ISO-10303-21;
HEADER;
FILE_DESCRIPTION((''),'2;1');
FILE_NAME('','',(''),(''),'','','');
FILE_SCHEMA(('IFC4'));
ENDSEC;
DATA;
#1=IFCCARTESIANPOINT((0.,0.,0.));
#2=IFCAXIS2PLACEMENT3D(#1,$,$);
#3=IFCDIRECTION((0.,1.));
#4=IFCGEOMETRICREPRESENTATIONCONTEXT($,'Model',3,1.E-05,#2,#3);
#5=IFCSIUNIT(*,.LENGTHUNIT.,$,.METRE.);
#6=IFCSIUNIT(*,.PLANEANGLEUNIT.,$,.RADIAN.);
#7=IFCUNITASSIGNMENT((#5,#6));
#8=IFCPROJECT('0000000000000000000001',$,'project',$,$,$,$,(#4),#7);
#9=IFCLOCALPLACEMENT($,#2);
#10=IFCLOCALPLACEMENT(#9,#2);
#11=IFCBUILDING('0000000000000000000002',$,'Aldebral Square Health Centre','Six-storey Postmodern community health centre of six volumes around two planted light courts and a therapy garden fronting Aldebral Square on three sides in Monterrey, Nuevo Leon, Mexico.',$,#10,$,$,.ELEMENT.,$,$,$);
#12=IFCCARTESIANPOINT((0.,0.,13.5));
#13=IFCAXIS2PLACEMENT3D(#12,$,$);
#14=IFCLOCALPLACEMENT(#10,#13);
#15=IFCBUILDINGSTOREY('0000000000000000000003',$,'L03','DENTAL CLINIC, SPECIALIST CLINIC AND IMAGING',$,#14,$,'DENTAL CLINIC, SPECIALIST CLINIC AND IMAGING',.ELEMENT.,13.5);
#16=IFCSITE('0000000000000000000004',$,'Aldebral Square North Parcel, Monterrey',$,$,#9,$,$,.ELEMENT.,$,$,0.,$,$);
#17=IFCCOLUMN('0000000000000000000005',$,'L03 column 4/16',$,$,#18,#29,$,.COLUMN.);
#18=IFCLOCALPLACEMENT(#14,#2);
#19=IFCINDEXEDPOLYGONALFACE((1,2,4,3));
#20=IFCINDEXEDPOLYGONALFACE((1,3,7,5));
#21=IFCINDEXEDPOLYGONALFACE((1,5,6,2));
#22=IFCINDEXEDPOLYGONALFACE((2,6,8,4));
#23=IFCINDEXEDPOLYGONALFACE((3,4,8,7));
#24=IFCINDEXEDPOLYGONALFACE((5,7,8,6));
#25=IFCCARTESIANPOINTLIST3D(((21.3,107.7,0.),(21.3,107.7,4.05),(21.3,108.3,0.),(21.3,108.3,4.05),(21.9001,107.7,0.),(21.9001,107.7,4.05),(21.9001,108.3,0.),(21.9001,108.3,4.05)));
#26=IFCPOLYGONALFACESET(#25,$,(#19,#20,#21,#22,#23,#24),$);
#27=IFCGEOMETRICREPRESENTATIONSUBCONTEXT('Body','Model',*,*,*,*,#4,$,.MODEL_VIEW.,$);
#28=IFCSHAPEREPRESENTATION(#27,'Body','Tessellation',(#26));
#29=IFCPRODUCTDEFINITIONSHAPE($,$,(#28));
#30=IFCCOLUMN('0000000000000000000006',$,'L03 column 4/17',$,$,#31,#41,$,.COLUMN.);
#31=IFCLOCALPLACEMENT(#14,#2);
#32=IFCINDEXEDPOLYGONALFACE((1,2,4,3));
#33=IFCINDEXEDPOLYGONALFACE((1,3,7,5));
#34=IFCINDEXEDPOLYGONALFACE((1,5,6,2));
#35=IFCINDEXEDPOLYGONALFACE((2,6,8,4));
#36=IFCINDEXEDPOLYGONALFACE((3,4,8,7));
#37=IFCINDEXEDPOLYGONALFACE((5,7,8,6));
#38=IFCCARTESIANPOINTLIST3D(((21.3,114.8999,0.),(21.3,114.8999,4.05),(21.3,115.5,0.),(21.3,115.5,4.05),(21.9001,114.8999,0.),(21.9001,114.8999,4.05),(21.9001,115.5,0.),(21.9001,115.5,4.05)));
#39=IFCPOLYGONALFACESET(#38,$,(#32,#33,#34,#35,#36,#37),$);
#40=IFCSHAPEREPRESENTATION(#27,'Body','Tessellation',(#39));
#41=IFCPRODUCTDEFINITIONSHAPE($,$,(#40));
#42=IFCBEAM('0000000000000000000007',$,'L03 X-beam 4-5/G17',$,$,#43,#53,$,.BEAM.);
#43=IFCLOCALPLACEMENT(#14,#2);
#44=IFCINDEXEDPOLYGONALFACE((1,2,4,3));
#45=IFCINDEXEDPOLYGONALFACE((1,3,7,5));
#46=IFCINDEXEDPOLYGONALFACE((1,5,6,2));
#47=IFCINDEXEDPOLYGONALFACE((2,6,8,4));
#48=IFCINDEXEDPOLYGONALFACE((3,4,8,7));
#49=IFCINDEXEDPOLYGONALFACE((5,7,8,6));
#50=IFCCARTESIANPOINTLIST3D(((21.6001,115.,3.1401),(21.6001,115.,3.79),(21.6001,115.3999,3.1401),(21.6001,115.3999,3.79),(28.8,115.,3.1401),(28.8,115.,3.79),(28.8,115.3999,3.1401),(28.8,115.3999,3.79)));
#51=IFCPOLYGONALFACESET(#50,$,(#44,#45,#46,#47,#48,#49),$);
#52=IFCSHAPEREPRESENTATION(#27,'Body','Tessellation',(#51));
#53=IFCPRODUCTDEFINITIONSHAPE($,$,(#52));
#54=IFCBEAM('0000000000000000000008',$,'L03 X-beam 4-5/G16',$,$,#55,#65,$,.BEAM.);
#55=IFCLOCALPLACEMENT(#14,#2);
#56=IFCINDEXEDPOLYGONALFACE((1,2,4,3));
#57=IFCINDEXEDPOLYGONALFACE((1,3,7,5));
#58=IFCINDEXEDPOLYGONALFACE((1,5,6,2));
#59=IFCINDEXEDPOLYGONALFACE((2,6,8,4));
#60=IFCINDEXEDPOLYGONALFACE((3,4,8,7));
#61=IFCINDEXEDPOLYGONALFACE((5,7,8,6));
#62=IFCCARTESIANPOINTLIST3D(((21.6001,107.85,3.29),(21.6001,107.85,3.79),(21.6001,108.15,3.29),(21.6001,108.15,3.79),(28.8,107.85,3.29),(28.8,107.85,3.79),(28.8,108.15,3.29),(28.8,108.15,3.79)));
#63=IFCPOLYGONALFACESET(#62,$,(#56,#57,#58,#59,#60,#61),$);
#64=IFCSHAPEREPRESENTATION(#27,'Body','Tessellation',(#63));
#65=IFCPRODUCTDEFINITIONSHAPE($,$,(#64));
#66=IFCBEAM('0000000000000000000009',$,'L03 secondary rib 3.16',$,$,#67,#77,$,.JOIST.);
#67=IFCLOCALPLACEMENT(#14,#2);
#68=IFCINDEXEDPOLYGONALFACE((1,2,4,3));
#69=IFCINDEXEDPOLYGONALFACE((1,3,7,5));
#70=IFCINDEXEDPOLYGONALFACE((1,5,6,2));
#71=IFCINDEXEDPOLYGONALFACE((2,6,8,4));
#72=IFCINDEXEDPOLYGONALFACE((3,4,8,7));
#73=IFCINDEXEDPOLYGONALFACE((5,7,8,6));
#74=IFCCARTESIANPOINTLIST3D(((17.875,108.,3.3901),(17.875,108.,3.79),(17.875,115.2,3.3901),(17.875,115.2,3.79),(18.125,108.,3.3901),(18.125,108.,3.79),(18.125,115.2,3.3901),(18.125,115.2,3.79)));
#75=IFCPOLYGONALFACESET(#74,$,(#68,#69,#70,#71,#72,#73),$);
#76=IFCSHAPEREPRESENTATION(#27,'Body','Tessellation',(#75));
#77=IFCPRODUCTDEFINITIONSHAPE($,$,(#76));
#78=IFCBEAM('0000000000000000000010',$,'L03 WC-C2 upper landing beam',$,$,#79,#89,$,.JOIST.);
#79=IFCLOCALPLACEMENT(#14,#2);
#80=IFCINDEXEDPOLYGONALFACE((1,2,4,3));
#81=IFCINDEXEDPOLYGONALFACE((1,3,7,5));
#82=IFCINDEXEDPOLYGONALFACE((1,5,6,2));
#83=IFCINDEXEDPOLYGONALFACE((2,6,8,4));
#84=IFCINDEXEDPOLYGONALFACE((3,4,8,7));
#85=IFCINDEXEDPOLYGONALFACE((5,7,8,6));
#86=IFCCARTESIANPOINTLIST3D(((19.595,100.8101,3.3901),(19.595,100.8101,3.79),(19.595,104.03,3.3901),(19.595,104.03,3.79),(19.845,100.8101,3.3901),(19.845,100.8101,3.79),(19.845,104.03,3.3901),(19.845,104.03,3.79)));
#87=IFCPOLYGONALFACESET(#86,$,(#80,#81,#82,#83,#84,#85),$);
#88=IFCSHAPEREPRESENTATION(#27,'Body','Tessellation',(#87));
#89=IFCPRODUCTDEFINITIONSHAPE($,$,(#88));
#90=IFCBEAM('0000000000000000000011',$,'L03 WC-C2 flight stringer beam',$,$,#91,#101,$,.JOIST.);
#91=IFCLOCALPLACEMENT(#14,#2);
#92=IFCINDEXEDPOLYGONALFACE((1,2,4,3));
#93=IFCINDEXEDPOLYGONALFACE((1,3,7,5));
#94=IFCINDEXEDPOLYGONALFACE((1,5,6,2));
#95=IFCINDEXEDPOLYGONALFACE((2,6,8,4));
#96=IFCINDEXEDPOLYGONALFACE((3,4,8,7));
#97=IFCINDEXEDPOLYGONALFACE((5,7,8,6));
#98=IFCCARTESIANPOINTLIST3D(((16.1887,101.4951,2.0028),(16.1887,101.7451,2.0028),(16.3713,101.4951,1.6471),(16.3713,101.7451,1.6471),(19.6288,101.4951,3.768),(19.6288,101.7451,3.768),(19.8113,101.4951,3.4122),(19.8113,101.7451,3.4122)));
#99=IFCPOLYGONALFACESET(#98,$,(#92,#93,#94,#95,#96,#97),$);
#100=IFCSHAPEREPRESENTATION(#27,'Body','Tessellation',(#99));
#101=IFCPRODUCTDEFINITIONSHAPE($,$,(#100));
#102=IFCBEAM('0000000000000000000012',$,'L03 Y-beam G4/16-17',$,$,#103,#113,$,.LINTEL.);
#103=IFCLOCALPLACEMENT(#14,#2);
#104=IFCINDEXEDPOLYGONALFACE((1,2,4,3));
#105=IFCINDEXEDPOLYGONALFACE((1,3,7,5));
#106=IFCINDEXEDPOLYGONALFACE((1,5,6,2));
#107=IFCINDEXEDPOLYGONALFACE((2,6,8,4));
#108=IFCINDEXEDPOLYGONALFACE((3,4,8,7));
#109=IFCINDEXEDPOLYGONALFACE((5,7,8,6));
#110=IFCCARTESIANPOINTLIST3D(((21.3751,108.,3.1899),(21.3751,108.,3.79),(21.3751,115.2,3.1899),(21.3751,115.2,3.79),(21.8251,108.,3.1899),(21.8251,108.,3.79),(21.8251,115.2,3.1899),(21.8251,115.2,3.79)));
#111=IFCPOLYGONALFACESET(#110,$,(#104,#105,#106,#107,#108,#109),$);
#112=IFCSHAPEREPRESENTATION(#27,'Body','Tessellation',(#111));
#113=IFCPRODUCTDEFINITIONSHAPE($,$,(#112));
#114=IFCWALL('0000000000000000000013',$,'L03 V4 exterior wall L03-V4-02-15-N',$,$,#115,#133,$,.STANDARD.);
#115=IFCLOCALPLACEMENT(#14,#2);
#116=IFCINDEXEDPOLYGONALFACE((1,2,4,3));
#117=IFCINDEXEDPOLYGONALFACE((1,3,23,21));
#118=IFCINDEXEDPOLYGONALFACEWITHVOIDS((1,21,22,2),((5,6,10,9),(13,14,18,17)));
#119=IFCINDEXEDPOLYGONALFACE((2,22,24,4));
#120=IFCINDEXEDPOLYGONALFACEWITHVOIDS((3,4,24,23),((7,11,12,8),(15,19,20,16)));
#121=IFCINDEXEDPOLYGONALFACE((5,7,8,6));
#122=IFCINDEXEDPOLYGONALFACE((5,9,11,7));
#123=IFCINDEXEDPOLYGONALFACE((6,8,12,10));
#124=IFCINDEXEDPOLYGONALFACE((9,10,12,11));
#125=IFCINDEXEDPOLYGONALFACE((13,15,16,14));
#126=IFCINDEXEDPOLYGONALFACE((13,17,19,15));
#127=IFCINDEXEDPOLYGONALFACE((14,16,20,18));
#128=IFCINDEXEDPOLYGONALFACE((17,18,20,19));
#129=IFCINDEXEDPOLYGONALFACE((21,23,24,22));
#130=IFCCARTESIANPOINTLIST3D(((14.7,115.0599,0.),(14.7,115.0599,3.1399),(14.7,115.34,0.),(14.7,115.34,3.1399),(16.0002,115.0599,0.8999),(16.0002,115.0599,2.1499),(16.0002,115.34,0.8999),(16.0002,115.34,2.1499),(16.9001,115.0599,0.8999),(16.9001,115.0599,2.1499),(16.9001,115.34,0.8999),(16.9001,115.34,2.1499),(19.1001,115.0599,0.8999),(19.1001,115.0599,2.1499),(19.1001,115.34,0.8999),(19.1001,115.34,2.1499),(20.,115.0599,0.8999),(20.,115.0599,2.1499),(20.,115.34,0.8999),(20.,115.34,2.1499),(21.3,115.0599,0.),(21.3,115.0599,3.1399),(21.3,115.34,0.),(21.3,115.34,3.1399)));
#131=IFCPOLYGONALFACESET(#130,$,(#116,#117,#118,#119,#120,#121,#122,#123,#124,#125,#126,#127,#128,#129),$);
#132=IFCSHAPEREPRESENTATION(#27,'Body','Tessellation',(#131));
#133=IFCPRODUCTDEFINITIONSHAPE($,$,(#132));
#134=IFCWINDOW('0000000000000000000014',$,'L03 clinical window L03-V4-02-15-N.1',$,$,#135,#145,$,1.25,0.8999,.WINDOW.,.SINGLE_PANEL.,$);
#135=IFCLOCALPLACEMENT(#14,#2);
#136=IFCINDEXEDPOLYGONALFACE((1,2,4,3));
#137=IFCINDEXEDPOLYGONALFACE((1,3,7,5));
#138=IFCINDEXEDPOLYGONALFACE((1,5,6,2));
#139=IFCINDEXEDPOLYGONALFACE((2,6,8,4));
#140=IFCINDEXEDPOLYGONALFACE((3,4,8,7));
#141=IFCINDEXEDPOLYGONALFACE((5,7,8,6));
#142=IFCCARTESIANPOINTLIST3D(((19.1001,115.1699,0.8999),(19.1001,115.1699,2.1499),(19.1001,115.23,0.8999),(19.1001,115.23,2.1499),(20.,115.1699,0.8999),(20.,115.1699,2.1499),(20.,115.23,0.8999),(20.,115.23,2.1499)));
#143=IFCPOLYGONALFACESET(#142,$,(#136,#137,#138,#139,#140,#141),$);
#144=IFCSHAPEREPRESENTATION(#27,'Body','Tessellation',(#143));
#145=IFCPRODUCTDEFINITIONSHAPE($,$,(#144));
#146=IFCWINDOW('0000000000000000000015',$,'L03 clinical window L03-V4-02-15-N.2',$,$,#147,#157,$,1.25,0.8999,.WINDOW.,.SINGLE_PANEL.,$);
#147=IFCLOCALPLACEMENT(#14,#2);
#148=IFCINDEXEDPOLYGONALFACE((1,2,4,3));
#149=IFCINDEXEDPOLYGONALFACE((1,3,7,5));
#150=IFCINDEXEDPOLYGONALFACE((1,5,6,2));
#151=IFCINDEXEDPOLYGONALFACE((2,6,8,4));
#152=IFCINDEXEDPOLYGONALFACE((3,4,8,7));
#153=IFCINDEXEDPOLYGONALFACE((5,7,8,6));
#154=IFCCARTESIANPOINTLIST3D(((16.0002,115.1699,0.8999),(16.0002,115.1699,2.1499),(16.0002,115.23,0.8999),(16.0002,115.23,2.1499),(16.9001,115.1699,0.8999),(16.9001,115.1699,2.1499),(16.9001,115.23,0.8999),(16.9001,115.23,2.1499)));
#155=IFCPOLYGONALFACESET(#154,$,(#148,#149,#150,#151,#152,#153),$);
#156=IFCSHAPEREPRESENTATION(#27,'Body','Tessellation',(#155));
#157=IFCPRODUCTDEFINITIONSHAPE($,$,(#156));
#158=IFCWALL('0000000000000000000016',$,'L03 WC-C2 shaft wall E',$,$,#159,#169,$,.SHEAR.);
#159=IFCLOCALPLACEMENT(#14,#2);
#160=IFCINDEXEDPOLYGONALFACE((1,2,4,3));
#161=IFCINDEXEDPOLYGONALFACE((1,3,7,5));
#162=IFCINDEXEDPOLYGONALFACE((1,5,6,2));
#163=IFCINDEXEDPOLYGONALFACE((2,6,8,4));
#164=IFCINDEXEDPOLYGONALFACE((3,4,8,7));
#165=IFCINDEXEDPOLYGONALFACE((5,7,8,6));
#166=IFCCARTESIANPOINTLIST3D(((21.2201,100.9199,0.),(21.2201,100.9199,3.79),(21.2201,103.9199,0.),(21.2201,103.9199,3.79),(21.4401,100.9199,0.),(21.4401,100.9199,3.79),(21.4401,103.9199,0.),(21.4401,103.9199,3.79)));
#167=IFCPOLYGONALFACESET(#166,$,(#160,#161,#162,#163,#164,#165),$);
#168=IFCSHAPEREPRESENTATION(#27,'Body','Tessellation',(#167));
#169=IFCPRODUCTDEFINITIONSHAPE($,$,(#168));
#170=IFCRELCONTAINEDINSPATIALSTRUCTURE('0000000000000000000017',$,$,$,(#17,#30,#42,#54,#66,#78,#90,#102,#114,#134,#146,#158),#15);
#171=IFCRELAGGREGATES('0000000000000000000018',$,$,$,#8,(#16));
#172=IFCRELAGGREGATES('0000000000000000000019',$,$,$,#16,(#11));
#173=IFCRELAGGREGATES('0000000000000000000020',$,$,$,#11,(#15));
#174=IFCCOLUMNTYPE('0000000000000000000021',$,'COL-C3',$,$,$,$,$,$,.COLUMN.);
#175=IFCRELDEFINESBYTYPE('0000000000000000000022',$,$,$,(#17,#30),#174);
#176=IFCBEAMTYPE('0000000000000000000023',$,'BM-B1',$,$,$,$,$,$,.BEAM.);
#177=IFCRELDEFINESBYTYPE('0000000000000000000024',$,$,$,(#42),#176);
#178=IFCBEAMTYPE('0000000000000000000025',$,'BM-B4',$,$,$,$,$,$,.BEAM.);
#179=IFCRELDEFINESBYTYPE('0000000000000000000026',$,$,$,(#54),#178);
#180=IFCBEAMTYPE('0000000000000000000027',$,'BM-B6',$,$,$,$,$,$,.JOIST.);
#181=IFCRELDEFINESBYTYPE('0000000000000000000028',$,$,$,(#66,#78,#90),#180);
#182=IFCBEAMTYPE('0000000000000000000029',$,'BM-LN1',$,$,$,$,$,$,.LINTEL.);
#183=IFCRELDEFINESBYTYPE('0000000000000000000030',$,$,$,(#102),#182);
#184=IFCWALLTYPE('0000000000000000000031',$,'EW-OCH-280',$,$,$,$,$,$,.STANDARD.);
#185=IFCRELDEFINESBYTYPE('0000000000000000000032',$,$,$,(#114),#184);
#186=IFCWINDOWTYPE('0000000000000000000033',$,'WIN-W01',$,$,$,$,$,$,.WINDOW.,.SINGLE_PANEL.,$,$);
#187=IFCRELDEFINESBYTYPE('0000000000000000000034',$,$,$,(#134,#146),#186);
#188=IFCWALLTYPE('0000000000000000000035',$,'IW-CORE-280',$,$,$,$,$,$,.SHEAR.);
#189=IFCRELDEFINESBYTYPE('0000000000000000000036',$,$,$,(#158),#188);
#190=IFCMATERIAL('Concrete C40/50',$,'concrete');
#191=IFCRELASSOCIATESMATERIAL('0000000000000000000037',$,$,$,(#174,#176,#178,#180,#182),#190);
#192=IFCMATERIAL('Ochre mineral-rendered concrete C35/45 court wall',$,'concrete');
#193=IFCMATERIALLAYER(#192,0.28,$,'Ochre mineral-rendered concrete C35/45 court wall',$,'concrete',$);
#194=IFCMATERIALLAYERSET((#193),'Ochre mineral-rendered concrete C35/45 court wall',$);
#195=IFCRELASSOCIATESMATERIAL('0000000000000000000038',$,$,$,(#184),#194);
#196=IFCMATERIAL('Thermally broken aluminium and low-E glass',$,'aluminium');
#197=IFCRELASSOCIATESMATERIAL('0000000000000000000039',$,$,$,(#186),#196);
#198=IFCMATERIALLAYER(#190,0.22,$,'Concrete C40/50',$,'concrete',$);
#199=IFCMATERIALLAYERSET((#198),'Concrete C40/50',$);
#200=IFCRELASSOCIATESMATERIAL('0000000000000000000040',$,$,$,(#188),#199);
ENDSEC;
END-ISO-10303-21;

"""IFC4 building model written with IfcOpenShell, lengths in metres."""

from ifc_helpers import new_model, si_unit, direction, frame, frame_2d, origin, origin_2d, place, context, subcontext, project, spatial, rectangle, extrude, material, layer, layer_set, material_profile, profile_set, type_object, element, fill, save


model = new_model("IFC4")

# Units and contexts
model_context = context("Model", 3, precision=1e-05, world=origin(), true_north=direction((0.0, 1.0)))
body_context = subcontext(model_context, "Body", "Model", "MODEL_VIEW")
ifc_project = project(units=[si_unit("LENGTHUNIT", "METRE"), si_unit("PLANEANGLEUNIT", "RADIAN")], contexts=[model_context])

# Site, building, storey
site_placement = place(None, origin())
site = spatial("IfcSite", under=ifc_project, at=site_placement, Name="Aldebral Square North Parcel, Monterrey", CompositionType="ELEMENT", RefElevation=0.0)
building_placement = place(site_placement, origin())
building = spatial("IfcBuilding", under=site, at=building_placement, Name="Aldebral Square Health Centre", Description="Six-storey Postmodern community health centre of six volumes around two planted light courts and a therapy garden fronting Aldebral Square on three sides in Monterrey, Nuevo Leon, Mexico.", CompositionType="ELEMENT")
storey_placement = place(building_placement, frame((0.0, 0.0, 13.5)))
storey = spatial("IfcBuildingStorey", under=building, at=storey_placement, Name="L03", Description="DENTAL CLINIC, SPECIALIST CLINIC AND IMAGING", LongName="DENTAL CLINIC, SPECIALIST CLINIC AND IMAGING", CompositionType="ELEMENT", Elevation=13.5)

# Columns
ifc_material_1 = material(Name="Concrete C40/50", Category="concrete")
ifc_material_profile_1 = material_profile(ifc_material_1, rectangle(XDim=0.6001, YDim=0.6001, at=origin_2d()), Name="RC 600x600")
ifc_profile_set_1 = profile_set([ifc_material_profile_1], Name="Concrete C40/50")
column_type = type_object("IfcColumnType", Name="COL-C3", PredefinedType="COLUMN", material=ifc_profile_set_1)
for number, where, z_axis, x_axis, name in (
    (1, (21.6001, 108.0, 0.0), (0.0, 0.0, 1.0), (1.0, 0.0, 0.0), "L03 column 4/16"),
    (2, (21.6001, 115.2, 0.0), (0.0, 0.0, 1.0), (1.0, 0.0, 0.0), "L03 column 4/17"),
):
    element("IfcColumn", number, at=place(storey_placement, frame(where, z_axis=z_axis, x_axis=x_axis)), inside=storey, type_object=column_type, Name=name, PredefinedType="COLUMN", context=body_context, shape_type="SweptSolid", body=[
        extrude(rectangle(XDim=0.6001, YDim=0.6001, at=origin_2d()), origin(), (0.0, 0.0, 1.0), 4.05),
    ])

# Beams
ifc_material_profile_2 = material_profile(ifc_material_1, rectangle(XDim=0.3999, YDim=0.6499, at=origin_2d()), Name="RC 400x650")
ifc_profile_set_2 = profile_set([ifc_material_profile_2], Name="Concrete C40/50")
beam_type_1 = type_object("IfcBeamType", Name="BM-B1", PredefinedType="BEAM", material=ifc_profile_set_2)
beam_1_placement = place(storey_placement, frame((21.6001, 115.2, 3.4651), z_axis=(1.0, 0.0, 0.0), x_axis=(0.0, 1.0, 0.0)))
element("IfcBeam", 3, at=beam_1_placement, inside=storey, type_object=beam_type_1, Name="L03 X-beam 4-5/G17", PredefinedType="BEAM", context=body_context, shape_type="SweptSolid", body=[
    extrude(rectangle(XDim=0.3999, YDim=0.6499, at=origin_2d()), origin(), (0.0, 0.0, 1.0), 7.2),
])
ifc_material_profile_3 = material_profile(ifc_material_1, rectangle(XDim=0.3, YDim=0.5, at=origin_2d()), Name="RC 300x500")
ifc_profile_set_3 = profile_set([ifc_material_profile_3], Name="Concrete C40/50")
beam_type_2 = type_object("IfcBeamType", Name="BM-B4", PredefinedType="BEAM", material=ifc_profile_set_3)
beam_2_placement = place(storey_placement, frame((21.6001, 108.0, 3.54), z_axis=(1.0, 0.0, 0.0), x_axis=(0.0, 1.0, 0.0)))
element("IfcBeam", 4, at=beam_2_placement, inside=storey, type_object=beam_type_2, Name="L03 X-beam 4-5/G16", PredefinedType="BEAM", context=body_context, shape_type="SweptSolid", body=[
    extrude(rectangle(XDim=0.3, YDim=0.5, at=origin_2d()), origin(), (0.0, 0.0, 1.0), 7.2),
])
ifc_material_profile_4 = material_profile(ifc_material_1, rectangle(XDim=0.25, YDim=0.3999, at=origin_2d()), Name="RC 250x400")
ifc_profile_set_4 = profile_set([ifc_material_profile_4], Name="Concrete C40/50")
beam_type_3 = type_object("IfcBeamType", Name="BM-B6", PredefinedType="JOIST", material=ifc_profile_set_4)
beam_3_placement = place(storey_placement, frame((18.0, 108.0, 3.5901), z_axis=(0.0, 1.0, 0.0), x_axis=(-1.0, 0.0, 0.0)))
element("IfcBeam", 5, at=beam_3_placement, inside=storey, type_object=beam_type_3, Name="L03 secondary rib 3.16", PredefinedType="JOIST", context=body_context, shape_type="SweptSolid", body=[
    extrude(rectangle(XDim=0.25, YDim=0.3999, at=origin_2d()), origin(), (0.0, 0.0, 1.0), 7.2),
])
beam_4_placement = place(storey_placement, frame((19.72, 100.8101, 3.5901), z_axis=(0.0, 1.0, 0.0), x_axis=(-1.0, 0.0, 0.0)))
element("IfcBeam", 6, at=beam_4_placement, inside=storey, type_object=beam_type_3, Name="L03 WC-C2 upper landing beam", PredefinedType="JOIST", context=body_context, shape_type="SweptSolid", body=[
    extrude(rectangle(XDim=0.25, YDim=0.3999, at=origin_2d()), origin(), (0.0, 0.0, 1.0), 3.22),
])
beam_5_placement = place(storey_placement, frame((16.28, 101.6201, 1.825), z_axis=(0.889706, 0.0, 0.456535), x_axis=(0.0, 1.0, 0.0)))
element("IfcBeam", 7, at=beam_5_placement, inside=storey, type_object=beam_type_3, Name="L03 WC-C2 flight stringer beam", PredefinedType="JOIST", context=body_context, shape_type="SweptSolid", body=[
    extrude(rectangle(XDim=0.25, YDim=0.3999, at=origin_2d()), origin(), (0.0, 0.0, 1.0), 3.8665),
])
ifc_material_profile_5 = material_profile(ifc_material_1, rectangle(XDim=0.45, YDim=0.6001, at=origin_2d()), Name="RC 450x600")
ifc_profile_set_5 = profile_set([ifc_material_profile_5], Name="Concrete C40/50")
beam_type_4 = type_object("IfcBeamType", Name="BM-LN1", PredefinedType="LINTEL", material=ifc_profile_set_5)
beam_6_placement = place(storey_placement, frame((21.6001, 108.0, 3.49), z_axis=(0.0, 1.0, 0.0), x_axis=(-1.0, 0.0, 0.0)))
element("IfcBeam", 8, at=beam_6_placement, inside=storey, type_object=beam_type_4, Name="L03 Y-beam G4/16-17", PredefinedType="LINTEL", context=body_context, shape_type="SweptSolid", body=[
    extrude(rectangle(XDim=0.45, YDim=0.6001, at=origin_2d()), origin(), (0.0, 0.0, 1.0), 7.2),
])

# Wall, openings, windows
ifc_material_2 = material(Name="Ochre mineral-rendered concrete C35/45 court wall", Category="concrete")
ifc_layer_1 = layer(ifc_material_2, 0.28, Name="Ochre mineral-rendered concrete C35/45 court wall", Category="concrete")
ifc_layer_set_1 = layer_set([ifc_layer_1], Name="Ochre mineral-rendered concrete C35/45 court wall")
wall_type_1 = type_object("IfcWallType", Name="EW-OCH-280", PredefinedType="STANDARD", material=ifc_layer_set_1)
wall_1_placement = place(storey_placement, frame((21.3, 115.2, 0.0), z_axis=(0.0, 0.0, 1.0), x_axis=(-1.0, 0.0, 0.0)))
wall_1 = element("IfcWall", 9, at=wall_1_placement, inside=storey, type_object=wall_type_1, Name="L03 V4 exterior wall L03-V4-02-15-N", PredefinedType="STANDARD", context=body_context, shape_type="SweptSolid", body=[
    extrude(rectangle(XDim=6.6001, YDim=0.28, at=frame_2d((3.3, 0.0))), origin(), (0.0, 0.0, 1.0), 3.1399),
])
opening_1_placement = place(wall_1_placement, frame((1.3, 0.0, 0.8999)))
opening_1 = element("IfcOpeningElement", 10, at=opening_1_placement, cuts=wall_1, PredefinedType="OPENING", context=body_context, shape_type="SweptSolid", body=[
    extrude(rectangle(XDim=0.8999, YDim=1.25, at=frame_2d((0.45, 0.625))), frame((0.0, 0.1499, 0.0), z_axis=(0.0, -1.0, 0.0), x_axis=(1.0, 0.0, 0.0)), (0.0, 0.0, 1.0), 0.3),
])
opening_2_placement = place(wall_1_placement, frame((4.3999, 0.0, 0.8999)))
opening_2 = element("IfcOpeningElement", 11, at=opening_2_placement, cuts=wall_1, PredefinedType="OPENING", context=body_context, shape_type="SweptSolid", body=[
    extrude(rectangle(XDim=0.8999, YDim=1.25, at=frame_2d((0.45, 0.625))), frame((0.0, 0.1499, 0.0), z_axis=(0.0, -1.0, 0.0), x_axis=(1.0, 0.0, 0.0)), (0.0, 0.0, 1.0), 0.3),
])
ifc_material_3 = material(Name="Thermally broken aluminium and low-E glass", Category="aluminium")
window_type = type_object("IfcWindowType", Name="WIN-W01", PartitioningType="SINGLE_PANEL", PredefinedType="WINDOW", material=ifc_material_3)
window_1_placement = place(opening_1_placement, origin())
window_1 = element("IfcWindow", 12, at=window_1_placement, inside=storey, type_object=window_type, Name="L03 clinical window L03-V4-02-15-N.1", OverallHeight=1.25, OverallWidth=0.8999, PartitioningType="SINGLE_PANEL", PredefinedType="WINDOW", context=body_context, shape_type="SweptSolid", body=[
    extrude(rectangle(XDim=0.8999, YDim=1.25, at=frame_2d((0.45, 0.625))), frame((0.0, 0.03, 0.0), z_axis=(0.0, -1.0, 0.0), x_axis=(1.0, 0.0, 0.0)), (0.0, 0.0, 1.0), 0.0601),
])
fill(opening_1, window_1)
window_2_placement = place(opening_2_placement, origin())
window_2 = element("IfcWindow", 13, at=window_2_placement, inside=storey, type_object=window_type, Name="L03 clinical window L03-V4-02-15-N.2", OverallHeight=1.25, OverallWidth=0.8999, PartitioningType="SINGLE_PANEL", PredefinedType="WINDOW", context=body_context, shape_type="SweptSolid", body=[
    extrude(rectangle(XDim=0.8999, YDim=1.25, at=frame_2d((0.45, 0.625))), frame((0.0, 0.03, 0.0), z_axis=(0.0, -1.0, 0.0), x_axis=(1.0, 0.0, 0.0)), (0.0, 0.0, 1.0), 0.0601),
])
fill(opening_2, window_2)

# Wall
ifc_layer_2 = layer(ifc_material_1, 0.22, Name="Concrete C40/50", Category="concrete")
ifc_layer_set_2 = layer_set([ifc_layer_2], Name="Concrete C40/50")
wall_type_2 = type_object("IfcWallType", Name="IW-CORE-280", PredefinedType="SHEAR", material=ifc_layer_set_2)
wall_2_placement = place(storey_placement, frame((21.3301, 100.9199, 0.0), z_axis=(0.0, 0.0, 1.0), x_axis=(0.0, 1.0, 0.0)))
element("IfcWall", 14, at=wall_2_placement, inside=storey, type_object=wall_type_2, Name="L03 WC-C2 shaft wall E", PredefinedType="SHEAR", context=body_context, shape_type="SweptSolid", body=[
    extrude(rectangle(XDim=3.0, YDim=0.22, at=frame_2d((1.5, 0.0))), origin(), (0.0, 0.0, 1.0), 3.79),
])

save(model, "model.ifc")
